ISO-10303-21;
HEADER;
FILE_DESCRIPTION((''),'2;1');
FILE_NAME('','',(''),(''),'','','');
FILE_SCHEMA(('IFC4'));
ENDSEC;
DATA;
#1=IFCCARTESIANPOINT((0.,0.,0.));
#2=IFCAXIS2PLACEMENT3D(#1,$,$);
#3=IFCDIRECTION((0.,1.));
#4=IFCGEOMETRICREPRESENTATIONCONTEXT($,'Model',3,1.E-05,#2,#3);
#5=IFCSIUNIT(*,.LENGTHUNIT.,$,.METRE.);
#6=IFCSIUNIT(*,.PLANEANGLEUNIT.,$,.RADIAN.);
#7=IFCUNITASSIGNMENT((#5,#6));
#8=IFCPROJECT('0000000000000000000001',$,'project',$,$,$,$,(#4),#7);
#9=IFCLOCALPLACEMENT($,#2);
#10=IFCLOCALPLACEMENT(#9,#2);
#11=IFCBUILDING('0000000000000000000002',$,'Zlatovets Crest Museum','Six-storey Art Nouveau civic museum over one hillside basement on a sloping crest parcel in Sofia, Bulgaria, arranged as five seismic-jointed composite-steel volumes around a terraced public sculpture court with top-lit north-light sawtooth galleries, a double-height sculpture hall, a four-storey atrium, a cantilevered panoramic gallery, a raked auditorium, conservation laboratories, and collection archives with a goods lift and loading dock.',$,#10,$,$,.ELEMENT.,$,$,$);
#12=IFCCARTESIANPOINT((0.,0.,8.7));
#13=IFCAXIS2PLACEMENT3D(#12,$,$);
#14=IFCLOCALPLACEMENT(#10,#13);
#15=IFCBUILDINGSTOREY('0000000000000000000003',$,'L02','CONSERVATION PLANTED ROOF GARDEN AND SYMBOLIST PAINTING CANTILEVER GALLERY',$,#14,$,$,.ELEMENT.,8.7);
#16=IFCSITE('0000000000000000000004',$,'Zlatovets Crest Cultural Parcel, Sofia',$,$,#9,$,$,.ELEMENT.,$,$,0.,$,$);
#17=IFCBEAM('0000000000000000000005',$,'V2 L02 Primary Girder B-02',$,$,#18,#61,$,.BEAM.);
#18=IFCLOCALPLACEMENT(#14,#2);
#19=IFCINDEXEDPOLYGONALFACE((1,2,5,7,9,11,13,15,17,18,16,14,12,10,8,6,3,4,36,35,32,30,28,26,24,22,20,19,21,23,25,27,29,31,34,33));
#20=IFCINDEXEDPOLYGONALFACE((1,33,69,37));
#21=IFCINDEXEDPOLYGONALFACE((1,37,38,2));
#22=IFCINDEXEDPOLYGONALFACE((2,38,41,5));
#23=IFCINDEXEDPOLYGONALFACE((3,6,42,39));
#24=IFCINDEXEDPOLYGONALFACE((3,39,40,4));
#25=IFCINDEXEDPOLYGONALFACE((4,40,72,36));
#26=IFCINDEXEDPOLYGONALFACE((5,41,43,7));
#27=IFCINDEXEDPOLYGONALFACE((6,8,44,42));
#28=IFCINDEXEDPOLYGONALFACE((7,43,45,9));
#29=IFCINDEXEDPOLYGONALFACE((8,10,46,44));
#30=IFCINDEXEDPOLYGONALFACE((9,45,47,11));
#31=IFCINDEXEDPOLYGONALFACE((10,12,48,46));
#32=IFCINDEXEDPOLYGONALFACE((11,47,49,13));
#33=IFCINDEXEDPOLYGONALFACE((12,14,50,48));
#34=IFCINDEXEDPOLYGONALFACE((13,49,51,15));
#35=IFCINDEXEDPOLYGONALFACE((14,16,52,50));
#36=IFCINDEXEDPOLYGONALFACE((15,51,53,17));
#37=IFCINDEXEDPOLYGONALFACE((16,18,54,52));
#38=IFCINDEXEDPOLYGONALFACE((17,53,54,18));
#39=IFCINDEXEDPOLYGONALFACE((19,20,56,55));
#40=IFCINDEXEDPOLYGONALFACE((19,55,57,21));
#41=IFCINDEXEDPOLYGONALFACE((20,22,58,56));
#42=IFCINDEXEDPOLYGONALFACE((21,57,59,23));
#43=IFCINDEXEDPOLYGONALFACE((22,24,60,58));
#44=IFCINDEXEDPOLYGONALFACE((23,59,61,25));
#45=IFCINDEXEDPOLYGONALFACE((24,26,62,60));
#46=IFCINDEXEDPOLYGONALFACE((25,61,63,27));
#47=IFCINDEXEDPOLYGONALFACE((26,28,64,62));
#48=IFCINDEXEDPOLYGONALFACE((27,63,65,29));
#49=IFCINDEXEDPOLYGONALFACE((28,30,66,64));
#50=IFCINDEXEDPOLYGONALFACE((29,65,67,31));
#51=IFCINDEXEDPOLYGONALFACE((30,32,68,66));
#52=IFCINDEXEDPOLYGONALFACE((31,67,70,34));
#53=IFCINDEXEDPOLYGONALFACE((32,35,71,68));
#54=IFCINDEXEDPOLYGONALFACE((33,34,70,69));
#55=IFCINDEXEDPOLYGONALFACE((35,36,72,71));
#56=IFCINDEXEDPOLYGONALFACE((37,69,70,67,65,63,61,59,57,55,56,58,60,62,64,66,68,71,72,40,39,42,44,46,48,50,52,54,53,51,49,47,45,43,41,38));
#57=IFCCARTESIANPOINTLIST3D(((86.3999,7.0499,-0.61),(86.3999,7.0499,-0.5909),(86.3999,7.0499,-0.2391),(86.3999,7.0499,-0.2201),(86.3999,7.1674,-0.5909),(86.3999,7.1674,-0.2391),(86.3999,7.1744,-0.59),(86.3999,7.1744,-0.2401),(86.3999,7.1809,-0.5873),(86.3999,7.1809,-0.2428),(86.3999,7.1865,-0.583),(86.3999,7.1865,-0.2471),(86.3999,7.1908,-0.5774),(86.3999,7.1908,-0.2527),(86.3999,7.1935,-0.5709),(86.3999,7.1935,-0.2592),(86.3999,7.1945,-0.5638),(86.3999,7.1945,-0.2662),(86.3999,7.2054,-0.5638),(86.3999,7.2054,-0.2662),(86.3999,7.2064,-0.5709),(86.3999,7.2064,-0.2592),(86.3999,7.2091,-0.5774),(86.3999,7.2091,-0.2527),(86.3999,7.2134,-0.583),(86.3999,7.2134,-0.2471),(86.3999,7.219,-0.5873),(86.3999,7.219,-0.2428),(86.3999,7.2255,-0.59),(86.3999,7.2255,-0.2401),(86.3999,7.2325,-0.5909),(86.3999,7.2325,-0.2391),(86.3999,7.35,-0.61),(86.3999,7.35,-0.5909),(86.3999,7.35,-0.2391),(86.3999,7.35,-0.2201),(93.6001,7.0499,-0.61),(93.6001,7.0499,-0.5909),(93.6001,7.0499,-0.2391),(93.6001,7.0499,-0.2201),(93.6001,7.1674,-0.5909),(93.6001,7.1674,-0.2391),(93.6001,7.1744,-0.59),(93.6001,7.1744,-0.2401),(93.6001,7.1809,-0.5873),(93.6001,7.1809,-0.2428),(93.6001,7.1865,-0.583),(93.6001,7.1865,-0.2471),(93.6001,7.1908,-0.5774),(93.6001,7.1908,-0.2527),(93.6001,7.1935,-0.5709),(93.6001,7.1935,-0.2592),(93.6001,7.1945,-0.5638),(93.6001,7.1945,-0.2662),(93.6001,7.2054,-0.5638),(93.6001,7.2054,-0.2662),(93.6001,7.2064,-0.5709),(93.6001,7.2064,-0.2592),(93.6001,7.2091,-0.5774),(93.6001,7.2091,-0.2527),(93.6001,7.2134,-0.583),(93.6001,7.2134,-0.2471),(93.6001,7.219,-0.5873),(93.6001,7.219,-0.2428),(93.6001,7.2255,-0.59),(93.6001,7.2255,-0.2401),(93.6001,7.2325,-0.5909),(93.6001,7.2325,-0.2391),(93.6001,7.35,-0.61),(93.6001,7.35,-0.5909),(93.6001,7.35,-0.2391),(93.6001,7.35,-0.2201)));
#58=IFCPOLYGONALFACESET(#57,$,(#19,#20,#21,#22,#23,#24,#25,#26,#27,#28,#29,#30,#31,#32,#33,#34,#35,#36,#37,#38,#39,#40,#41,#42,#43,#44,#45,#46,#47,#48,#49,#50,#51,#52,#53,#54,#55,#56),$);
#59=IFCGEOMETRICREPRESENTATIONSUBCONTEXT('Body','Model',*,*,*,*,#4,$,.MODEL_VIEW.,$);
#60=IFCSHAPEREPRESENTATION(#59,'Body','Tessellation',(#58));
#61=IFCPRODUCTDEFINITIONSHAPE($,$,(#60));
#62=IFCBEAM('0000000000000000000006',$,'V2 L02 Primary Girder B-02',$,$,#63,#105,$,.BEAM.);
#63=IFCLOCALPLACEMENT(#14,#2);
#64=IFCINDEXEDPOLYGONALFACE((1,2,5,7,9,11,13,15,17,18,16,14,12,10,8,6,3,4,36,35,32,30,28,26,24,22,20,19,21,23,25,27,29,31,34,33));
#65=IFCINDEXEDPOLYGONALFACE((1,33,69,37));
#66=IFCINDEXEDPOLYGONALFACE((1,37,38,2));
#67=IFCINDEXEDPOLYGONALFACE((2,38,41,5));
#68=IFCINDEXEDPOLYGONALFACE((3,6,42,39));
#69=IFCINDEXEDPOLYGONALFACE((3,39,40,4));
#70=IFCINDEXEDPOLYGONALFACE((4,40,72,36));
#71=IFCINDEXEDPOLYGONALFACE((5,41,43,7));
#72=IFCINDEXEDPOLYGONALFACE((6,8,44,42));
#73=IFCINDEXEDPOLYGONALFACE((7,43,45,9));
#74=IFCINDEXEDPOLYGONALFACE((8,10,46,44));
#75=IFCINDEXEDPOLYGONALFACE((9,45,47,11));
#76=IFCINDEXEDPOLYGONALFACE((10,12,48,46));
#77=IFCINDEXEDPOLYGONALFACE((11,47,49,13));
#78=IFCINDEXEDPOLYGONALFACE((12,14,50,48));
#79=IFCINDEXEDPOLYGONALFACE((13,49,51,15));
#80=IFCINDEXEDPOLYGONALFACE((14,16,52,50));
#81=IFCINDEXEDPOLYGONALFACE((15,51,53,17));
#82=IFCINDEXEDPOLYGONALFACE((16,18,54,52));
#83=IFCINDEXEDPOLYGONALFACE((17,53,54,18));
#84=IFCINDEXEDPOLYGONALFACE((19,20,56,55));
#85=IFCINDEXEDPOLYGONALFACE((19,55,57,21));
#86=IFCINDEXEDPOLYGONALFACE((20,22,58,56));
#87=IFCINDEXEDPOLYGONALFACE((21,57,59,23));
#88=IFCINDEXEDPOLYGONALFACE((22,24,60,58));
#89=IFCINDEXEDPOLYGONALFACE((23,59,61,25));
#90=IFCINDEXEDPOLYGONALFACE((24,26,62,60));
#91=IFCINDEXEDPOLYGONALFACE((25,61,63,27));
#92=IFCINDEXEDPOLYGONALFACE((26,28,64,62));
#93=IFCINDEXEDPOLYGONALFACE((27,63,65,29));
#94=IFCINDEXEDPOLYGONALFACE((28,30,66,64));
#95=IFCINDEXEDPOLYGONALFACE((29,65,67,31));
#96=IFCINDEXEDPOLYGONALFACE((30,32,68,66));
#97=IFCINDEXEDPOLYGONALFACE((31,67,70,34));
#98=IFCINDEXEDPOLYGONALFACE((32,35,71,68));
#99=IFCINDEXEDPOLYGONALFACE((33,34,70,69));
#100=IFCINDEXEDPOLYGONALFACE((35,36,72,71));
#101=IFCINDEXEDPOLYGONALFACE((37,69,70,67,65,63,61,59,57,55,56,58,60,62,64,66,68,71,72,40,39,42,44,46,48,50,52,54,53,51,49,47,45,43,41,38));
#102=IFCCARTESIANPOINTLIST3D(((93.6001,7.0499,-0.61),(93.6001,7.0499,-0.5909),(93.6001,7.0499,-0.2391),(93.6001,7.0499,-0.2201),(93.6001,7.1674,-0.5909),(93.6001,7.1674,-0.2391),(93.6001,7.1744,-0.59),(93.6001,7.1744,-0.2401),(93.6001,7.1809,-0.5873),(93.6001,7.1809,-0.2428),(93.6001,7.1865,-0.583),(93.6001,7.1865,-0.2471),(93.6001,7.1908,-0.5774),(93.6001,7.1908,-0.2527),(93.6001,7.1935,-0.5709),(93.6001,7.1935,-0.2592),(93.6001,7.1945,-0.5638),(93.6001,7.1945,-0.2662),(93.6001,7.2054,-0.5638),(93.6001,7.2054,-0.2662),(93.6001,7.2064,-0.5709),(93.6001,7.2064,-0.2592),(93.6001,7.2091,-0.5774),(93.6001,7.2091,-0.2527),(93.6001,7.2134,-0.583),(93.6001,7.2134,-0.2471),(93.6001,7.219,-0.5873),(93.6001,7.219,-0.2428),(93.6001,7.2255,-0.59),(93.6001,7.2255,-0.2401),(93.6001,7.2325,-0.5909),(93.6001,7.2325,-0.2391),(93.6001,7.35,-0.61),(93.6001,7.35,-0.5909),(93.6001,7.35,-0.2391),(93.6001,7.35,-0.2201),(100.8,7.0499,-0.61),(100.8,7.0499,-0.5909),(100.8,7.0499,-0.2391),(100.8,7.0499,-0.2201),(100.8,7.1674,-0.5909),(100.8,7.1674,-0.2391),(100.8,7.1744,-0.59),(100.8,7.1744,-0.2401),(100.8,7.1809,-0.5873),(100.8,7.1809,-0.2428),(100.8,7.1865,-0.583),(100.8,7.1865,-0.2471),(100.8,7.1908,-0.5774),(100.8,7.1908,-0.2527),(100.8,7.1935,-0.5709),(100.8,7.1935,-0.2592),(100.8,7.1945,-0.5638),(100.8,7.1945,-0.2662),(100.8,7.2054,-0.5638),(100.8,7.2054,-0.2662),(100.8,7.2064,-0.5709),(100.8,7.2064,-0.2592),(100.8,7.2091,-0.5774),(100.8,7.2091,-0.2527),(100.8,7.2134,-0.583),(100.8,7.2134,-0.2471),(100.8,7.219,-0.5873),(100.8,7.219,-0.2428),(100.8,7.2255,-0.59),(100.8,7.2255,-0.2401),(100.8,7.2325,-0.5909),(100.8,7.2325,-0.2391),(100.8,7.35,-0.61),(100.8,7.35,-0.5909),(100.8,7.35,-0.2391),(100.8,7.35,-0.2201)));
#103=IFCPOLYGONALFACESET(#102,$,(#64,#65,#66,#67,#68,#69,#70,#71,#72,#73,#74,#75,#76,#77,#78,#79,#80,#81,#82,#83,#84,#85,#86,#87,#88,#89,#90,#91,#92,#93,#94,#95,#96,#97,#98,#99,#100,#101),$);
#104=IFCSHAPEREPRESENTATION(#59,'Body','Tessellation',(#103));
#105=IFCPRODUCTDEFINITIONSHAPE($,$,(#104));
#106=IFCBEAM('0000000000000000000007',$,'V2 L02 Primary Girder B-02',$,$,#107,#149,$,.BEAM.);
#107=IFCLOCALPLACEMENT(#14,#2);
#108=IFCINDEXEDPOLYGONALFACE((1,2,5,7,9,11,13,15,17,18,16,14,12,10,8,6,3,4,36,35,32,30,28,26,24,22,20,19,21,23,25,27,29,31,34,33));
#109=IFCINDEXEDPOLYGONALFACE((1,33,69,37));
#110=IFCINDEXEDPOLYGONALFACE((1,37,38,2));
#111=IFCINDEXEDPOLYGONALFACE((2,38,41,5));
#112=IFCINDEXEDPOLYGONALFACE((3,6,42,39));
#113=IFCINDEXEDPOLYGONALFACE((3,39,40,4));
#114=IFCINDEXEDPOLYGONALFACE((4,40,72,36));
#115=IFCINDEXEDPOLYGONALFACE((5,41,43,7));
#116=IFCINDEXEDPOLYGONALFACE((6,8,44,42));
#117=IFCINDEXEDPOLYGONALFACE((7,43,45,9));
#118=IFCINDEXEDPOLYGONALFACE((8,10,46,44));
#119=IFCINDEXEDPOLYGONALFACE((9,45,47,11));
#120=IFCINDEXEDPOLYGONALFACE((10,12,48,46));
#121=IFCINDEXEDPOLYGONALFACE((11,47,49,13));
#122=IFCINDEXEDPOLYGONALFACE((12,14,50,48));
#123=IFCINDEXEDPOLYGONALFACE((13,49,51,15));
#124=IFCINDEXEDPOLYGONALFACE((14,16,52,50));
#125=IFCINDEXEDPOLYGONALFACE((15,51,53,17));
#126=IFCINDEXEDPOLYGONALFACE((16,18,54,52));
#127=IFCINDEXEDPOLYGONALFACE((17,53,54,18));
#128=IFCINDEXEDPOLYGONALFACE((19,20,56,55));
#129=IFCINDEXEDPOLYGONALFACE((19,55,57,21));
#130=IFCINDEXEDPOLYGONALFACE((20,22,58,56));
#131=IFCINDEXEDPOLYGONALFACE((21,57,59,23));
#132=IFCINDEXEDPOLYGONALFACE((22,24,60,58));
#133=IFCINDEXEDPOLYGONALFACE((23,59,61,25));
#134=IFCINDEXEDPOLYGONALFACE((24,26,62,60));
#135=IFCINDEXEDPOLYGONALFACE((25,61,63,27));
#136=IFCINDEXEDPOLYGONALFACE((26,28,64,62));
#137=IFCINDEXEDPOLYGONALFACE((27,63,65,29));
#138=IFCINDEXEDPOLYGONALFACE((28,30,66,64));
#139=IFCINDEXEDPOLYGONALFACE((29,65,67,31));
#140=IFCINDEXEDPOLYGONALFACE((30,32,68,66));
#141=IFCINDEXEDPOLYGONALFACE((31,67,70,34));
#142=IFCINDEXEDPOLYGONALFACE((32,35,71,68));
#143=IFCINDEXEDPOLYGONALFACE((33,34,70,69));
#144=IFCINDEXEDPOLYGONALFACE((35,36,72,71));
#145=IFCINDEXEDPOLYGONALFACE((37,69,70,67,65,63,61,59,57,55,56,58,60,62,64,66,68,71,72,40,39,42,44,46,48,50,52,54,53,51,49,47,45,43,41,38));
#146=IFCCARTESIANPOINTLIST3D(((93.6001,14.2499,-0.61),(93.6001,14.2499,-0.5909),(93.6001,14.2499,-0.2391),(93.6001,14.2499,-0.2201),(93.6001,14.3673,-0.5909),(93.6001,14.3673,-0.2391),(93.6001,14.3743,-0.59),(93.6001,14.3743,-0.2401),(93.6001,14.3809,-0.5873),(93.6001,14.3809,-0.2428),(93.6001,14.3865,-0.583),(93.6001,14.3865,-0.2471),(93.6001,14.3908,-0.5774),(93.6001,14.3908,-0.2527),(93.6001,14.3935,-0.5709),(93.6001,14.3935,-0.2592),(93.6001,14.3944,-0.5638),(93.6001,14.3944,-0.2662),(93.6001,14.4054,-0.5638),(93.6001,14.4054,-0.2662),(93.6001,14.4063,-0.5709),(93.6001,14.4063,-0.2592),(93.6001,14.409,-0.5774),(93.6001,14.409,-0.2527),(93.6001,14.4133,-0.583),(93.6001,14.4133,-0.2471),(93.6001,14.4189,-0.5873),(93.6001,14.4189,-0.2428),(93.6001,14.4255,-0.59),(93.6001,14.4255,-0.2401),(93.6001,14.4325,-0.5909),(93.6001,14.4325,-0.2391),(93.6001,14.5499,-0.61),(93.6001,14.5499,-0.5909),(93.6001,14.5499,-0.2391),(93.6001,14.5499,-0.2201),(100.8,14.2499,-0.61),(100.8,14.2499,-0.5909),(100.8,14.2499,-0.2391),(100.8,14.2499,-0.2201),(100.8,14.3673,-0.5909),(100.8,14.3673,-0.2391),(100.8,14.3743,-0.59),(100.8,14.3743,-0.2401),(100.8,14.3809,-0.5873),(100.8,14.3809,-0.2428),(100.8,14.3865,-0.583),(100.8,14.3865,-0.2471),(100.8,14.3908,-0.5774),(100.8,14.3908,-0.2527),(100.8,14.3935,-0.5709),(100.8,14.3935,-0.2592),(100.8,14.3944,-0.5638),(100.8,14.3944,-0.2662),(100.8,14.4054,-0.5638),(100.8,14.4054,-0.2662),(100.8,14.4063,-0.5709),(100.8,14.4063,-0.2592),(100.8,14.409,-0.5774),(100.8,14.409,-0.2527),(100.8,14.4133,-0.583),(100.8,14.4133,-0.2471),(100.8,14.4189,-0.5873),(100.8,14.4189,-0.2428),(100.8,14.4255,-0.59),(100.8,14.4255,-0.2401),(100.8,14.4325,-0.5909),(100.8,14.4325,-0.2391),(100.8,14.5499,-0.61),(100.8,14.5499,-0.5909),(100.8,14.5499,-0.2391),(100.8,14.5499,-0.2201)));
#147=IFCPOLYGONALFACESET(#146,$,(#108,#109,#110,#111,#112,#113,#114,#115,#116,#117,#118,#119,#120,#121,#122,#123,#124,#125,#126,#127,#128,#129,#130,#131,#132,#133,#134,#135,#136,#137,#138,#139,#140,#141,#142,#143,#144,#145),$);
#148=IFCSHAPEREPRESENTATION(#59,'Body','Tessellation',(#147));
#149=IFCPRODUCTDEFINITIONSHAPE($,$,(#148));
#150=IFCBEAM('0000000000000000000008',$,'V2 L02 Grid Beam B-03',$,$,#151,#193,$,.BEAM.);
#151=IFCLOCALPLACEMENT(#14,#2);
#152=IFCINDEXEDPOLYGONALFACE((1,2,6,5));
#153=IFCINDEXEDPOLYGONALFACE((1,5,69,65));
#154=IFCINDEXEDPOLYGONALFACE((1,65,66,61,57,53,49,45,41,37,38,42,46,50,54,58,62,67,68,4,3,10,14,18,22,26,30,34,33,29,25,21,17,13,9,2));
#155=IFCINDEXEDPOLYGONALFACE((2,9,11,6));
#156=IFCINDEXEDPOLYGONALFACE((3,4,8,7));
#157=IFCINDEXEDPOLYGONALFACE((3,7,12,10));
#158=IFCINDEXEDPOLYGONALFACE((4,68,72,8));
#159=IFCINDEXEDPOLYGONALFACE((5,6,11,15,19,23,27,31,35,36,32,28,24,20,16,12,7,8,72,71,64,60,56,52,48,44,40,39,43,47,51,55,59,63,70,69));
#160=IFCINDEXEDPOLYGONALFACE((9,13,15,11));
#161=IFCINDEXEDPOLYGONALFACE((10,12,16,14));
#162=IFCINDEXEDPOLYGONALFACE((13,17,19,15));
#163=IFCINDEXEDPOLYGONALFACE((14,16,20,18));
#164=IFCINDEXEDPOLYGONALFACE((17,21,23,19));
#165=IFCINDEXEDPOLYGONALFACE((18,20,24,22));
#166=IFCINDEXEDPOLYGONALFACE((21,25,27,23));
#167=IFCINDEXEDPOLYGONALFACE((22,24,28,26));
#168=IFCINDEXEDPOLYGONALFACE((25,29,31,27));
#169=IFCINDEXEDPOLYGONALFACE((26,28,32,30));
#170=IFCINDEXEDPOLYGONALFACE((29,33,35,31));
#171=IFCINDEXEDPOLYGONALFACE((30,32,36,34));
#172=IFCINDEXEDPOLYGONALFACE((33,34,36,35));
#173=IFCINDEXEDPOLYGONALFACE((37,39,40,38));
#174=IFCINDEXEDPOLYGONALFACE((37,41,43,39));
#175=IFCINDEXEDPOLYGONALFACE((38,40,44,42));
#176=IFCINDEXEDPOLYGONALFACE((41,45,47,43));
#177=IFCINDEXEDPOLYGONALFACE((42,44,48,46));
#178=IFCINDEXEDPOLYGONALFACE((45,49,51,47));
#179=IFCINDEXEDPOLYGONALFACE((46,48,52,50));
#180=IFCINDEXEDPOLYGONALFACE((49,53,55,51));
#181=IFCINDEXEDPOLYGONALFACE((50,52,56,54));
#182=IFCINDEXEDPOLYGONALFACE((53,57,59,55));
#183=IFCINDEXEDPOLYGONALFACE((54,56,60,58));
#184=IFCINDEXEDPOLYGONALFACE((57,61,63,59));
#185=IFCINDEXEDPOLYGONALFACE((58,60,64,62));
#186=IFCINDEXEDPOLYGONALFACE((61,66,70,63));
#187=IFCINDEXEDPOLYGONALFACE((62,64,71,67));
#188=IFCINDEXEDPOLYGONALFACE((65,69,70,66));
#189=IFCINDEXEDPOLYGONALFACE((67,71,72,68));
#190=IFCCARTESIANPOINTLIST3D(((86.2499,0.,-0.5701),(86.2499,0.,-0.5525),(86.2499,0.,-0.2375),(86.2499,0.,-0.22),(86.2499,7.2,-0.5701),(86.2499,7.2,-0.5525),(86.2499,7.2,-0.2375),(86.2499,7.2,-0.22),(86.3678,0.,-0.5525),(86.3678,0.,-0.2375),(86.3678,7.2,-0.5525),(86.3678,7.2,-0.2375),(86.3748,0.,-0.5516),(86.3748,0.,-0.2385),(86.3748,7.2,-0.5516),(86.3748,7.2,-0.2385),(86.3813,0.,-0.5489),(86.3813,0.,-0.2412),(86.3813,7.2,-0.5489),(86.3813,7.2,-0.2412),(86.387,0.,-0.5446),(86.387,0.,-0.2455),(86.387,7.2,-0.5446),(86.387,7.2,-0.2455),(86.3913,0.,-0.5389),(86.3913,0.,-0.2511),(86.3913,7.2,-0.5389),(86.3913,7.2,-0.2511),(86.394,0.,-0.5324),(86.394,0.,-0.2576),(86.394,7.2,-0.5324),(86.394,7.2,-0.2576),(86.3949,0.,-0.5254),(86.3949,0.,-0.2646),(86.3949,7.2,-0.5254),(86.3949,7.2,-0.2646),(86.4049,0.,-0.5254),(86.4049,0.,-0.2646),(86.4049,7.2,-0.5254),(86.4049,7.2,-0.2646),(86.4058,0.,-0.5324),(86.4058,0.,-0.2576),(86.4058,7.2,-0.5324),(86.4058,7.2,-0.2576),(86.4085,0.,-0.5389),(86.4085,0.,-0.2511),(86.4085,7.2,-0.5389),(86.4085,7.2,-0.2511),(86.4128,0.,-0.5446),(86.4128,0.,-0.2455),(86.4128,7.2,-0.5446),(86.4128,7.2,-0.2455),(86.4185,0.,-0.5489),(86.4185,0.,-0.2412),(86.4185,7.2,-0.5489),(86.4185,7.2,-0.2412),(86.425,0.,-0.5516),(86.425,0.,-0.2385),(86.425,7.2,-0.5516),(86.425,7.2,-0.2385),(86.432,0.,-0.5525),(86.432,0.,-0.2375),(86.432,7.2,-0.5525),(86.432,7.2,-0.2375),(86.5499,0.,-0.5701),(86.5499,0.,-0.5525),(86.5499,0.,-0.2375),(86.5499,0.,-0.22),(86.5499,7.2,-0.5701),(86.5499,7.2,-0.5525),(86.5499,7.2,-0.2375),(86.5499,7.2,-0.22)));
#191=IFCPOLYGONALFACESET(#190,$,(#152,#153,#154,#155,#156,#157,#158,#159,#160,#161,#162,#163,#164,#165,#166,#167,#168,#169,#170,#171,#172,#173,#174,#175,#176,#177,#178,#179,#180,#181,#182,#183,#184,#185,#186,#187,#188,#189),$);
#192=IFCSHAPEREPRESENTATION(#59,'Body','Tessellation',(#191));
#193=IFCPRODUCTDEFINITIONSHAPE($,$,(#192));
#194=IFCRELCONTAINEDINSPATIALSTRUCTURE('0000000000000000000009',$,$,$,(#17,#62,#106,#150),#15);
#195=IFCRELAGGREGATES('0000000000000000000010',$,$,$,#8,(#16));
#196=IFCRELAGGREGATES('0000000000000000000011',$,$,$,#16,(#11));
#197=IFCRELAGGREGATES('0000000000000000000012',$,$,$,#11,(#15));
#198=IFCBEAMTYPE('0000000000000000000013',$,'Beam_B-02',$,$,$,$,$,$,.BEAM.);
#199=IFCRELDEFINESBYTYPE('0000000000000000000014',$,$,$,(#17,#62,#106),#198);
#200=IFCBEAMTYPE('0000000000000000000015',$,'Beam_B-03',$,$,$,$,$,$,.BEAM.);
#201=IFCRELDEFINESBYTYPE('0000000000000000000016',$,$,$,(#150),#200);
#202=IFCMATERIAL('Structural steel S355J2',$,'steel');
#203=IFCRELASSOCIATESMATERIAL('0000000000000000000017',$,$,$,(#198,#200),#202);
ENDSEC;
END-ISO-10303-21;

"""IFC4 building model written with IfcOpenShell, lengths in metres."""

from ifc_helpers import new_model, si_unit, direction, frame, origin, origin_2d, place, context, subcontext, project, spatial, i_section, extrude, material, material_profile, profile_set, type_object, element, save


model = new_model("IFC4")

# Units and contexts
model_context = context("Model", 3, precision=1e-05, world=origin(), true_north=direction((0.0, 1.0)))
body_context = subcontext(model_context, "Body", "Model", "MODEL_VIEW")
ifc_project = project(units=[si_unit("LENGTHUNIT", "METRE"), si_unit("PLANEANGLEUNIT", "RADIAN")], contexts=[model_context])

# Site, building, storey
site_placement = place(None, origin())
site = spatial("IfcSite", under=ifc_project, at=site_placement, Name="Zlatovets Crest Cultural Parcel, Sofia", CompositionType="ELEMENT", RefElevation=0.0)
building_placement = place(site_placement, origin())
building = spatial("IfcBuilding", under=site, at=building_placement, Name="Zlatovets Crest Museum", Description="Six-storey Art Nouveau civic museum over one hillside basement on a sloping crest parcel in Sofia, Bulgaria, arranged as five seismic-jointed composite-steel volumes around a terraced public sculpture court with top-lit north-light sawtooth galleries, a double-height sculpture hall, a four-storey atrium, a cantilevered panoramic gallery, a raked auditorium, conservation laboratories, and collection archives with a goods lift and loading dock.", CompositionType="ELEMENT")
storey_placement = place(building_placement, frame((0.0, 0.0, 8.7)))
storey = spatial("IfcBuildingStorey", under=building, at=storey_placement, Name="L02", Description="CONSERVATION PLANTED ROOF GARDEN AND SYMBOLIST PAINTING CANTILEVER GALLERY", CompositionType="ELEMENT", Elevation=8.7)

# Shared definitions
ifc_material_1 = material(Name="Structural steel S355J2", Category="steel")

# Beams
ifc_material_profile_1 = material_profile(ifc_material_1, i_section(OverallWidth=0.3, OverallDepth=0.3899, WebThickness=0.011, FlangeThickness=0.019, FilletRadius=0.0271, at=origin_2d()), Name="HEA 400")
ifc_profile_set_1 = profile_set([ifc_material_profile_1], Name="Structural steel S355J2")
beam_type_1 = type_object("IfcBeamType", Name="Beam_B-02", PredefinedType="BEAM", material=ifc_profile_set_1)
beam_1_placement = place(storey_placement, frame((86.3999, 7.2, -0.415), z_axis=(1.0, 0.0, 0.0), x_axis=(0.0, 1.0, 0.0)))
element("IfcBeam", 1, at=beam_1_placement, inside=storey, type_object=beam_type_1, Name="V2 L02 Primary Girder B-02", PredefinedType="BEAM", context=body_context, shape_type="SweptSolid", body=[
    extrude(i_section(OverallWidth=0.3, OverallDepth=0.3899, WebThickness=0.011, FlangeThickness=0.019, FilletRadius=0.0271, at=origin_2d()), origin(), (0.0, 0.0, 1.0), 7.2002),
])
for number, where, z_axis, x_axis, name in (
    (2, (93.6001, 7.2, -0.415), (1.0, 0.0, 0.0), (0.0, 1.0, 0.0), "V2 L02 Primary Girder B-02"),
    (3, (93.6001, 14.3999, -0.415), (1.0, 0.0, 0.0), (0.0, 1.0, 0.0), "V2 L02 Primary Girder B-02"),
):
    element("IfcBeam", number, at=place(storey_placement, frame(where, z_axis=z_axis, x_axis=x_axis)), inside=storey, type_object=beam_type_1, Name=name, PredefinedType="BEAM", context=body_context, shape_type="SweptSolid", body=[
        extrude(i_section(OverallWidth=0.3, OverallDepth=0.3899, WebThickness=0.011, FlangeThickness=0.019, FilletRadius=0.0271, at=origin_2d()), origin(), (0.0, 0.0, 1.0), 7.2),
    ])
ifc_material_profile_2 = material_profile(ifc_material_1, i_section(OverallWidth=0.3, OverallDepth=0.3501, WebThickness=0.01, FlangeThickness=0.0176, FilletRadius=0.0271, at=origin_2d()), Name="HEA 360")
ifc_profile_set_2 = profile_set([ifc_material_profile_2], Name="Structural steel S355J2")
beam_type_2 = type_object("IfcBeamType", Name="Beam_B-03", PredefinedType="BEAM", material=ifc_profile_set_2)
for number, where, z_axis, x_axis, name in (
    (4, (86.3999, 0.0, -0.395), (0.0, 1.0, 0.0), (-1.0, 0.0, 0.0), "V2 L02 Grid Beam B-03"),
):
    element("IfcBeam", number, at=place(storey_placement, frame(where, z_axis=z_axis, x_axis=x_axis)), inside=storey, type_object=beam_type_2, Name=name, PredefinedType="BEAM", context=body_context, shape_type="SweptSolid", body=[
        extrude(i_section(OverallWidth=0.3, OverallDepth=0.3501, WebThickness=0.01, FlangeThickness=0.0176, FilletRadius=0.0271, at=origin_2d()), origin(), (0.0, 0.0, 1.0), 7.2),
    ])

save(model, "model.ifc")
